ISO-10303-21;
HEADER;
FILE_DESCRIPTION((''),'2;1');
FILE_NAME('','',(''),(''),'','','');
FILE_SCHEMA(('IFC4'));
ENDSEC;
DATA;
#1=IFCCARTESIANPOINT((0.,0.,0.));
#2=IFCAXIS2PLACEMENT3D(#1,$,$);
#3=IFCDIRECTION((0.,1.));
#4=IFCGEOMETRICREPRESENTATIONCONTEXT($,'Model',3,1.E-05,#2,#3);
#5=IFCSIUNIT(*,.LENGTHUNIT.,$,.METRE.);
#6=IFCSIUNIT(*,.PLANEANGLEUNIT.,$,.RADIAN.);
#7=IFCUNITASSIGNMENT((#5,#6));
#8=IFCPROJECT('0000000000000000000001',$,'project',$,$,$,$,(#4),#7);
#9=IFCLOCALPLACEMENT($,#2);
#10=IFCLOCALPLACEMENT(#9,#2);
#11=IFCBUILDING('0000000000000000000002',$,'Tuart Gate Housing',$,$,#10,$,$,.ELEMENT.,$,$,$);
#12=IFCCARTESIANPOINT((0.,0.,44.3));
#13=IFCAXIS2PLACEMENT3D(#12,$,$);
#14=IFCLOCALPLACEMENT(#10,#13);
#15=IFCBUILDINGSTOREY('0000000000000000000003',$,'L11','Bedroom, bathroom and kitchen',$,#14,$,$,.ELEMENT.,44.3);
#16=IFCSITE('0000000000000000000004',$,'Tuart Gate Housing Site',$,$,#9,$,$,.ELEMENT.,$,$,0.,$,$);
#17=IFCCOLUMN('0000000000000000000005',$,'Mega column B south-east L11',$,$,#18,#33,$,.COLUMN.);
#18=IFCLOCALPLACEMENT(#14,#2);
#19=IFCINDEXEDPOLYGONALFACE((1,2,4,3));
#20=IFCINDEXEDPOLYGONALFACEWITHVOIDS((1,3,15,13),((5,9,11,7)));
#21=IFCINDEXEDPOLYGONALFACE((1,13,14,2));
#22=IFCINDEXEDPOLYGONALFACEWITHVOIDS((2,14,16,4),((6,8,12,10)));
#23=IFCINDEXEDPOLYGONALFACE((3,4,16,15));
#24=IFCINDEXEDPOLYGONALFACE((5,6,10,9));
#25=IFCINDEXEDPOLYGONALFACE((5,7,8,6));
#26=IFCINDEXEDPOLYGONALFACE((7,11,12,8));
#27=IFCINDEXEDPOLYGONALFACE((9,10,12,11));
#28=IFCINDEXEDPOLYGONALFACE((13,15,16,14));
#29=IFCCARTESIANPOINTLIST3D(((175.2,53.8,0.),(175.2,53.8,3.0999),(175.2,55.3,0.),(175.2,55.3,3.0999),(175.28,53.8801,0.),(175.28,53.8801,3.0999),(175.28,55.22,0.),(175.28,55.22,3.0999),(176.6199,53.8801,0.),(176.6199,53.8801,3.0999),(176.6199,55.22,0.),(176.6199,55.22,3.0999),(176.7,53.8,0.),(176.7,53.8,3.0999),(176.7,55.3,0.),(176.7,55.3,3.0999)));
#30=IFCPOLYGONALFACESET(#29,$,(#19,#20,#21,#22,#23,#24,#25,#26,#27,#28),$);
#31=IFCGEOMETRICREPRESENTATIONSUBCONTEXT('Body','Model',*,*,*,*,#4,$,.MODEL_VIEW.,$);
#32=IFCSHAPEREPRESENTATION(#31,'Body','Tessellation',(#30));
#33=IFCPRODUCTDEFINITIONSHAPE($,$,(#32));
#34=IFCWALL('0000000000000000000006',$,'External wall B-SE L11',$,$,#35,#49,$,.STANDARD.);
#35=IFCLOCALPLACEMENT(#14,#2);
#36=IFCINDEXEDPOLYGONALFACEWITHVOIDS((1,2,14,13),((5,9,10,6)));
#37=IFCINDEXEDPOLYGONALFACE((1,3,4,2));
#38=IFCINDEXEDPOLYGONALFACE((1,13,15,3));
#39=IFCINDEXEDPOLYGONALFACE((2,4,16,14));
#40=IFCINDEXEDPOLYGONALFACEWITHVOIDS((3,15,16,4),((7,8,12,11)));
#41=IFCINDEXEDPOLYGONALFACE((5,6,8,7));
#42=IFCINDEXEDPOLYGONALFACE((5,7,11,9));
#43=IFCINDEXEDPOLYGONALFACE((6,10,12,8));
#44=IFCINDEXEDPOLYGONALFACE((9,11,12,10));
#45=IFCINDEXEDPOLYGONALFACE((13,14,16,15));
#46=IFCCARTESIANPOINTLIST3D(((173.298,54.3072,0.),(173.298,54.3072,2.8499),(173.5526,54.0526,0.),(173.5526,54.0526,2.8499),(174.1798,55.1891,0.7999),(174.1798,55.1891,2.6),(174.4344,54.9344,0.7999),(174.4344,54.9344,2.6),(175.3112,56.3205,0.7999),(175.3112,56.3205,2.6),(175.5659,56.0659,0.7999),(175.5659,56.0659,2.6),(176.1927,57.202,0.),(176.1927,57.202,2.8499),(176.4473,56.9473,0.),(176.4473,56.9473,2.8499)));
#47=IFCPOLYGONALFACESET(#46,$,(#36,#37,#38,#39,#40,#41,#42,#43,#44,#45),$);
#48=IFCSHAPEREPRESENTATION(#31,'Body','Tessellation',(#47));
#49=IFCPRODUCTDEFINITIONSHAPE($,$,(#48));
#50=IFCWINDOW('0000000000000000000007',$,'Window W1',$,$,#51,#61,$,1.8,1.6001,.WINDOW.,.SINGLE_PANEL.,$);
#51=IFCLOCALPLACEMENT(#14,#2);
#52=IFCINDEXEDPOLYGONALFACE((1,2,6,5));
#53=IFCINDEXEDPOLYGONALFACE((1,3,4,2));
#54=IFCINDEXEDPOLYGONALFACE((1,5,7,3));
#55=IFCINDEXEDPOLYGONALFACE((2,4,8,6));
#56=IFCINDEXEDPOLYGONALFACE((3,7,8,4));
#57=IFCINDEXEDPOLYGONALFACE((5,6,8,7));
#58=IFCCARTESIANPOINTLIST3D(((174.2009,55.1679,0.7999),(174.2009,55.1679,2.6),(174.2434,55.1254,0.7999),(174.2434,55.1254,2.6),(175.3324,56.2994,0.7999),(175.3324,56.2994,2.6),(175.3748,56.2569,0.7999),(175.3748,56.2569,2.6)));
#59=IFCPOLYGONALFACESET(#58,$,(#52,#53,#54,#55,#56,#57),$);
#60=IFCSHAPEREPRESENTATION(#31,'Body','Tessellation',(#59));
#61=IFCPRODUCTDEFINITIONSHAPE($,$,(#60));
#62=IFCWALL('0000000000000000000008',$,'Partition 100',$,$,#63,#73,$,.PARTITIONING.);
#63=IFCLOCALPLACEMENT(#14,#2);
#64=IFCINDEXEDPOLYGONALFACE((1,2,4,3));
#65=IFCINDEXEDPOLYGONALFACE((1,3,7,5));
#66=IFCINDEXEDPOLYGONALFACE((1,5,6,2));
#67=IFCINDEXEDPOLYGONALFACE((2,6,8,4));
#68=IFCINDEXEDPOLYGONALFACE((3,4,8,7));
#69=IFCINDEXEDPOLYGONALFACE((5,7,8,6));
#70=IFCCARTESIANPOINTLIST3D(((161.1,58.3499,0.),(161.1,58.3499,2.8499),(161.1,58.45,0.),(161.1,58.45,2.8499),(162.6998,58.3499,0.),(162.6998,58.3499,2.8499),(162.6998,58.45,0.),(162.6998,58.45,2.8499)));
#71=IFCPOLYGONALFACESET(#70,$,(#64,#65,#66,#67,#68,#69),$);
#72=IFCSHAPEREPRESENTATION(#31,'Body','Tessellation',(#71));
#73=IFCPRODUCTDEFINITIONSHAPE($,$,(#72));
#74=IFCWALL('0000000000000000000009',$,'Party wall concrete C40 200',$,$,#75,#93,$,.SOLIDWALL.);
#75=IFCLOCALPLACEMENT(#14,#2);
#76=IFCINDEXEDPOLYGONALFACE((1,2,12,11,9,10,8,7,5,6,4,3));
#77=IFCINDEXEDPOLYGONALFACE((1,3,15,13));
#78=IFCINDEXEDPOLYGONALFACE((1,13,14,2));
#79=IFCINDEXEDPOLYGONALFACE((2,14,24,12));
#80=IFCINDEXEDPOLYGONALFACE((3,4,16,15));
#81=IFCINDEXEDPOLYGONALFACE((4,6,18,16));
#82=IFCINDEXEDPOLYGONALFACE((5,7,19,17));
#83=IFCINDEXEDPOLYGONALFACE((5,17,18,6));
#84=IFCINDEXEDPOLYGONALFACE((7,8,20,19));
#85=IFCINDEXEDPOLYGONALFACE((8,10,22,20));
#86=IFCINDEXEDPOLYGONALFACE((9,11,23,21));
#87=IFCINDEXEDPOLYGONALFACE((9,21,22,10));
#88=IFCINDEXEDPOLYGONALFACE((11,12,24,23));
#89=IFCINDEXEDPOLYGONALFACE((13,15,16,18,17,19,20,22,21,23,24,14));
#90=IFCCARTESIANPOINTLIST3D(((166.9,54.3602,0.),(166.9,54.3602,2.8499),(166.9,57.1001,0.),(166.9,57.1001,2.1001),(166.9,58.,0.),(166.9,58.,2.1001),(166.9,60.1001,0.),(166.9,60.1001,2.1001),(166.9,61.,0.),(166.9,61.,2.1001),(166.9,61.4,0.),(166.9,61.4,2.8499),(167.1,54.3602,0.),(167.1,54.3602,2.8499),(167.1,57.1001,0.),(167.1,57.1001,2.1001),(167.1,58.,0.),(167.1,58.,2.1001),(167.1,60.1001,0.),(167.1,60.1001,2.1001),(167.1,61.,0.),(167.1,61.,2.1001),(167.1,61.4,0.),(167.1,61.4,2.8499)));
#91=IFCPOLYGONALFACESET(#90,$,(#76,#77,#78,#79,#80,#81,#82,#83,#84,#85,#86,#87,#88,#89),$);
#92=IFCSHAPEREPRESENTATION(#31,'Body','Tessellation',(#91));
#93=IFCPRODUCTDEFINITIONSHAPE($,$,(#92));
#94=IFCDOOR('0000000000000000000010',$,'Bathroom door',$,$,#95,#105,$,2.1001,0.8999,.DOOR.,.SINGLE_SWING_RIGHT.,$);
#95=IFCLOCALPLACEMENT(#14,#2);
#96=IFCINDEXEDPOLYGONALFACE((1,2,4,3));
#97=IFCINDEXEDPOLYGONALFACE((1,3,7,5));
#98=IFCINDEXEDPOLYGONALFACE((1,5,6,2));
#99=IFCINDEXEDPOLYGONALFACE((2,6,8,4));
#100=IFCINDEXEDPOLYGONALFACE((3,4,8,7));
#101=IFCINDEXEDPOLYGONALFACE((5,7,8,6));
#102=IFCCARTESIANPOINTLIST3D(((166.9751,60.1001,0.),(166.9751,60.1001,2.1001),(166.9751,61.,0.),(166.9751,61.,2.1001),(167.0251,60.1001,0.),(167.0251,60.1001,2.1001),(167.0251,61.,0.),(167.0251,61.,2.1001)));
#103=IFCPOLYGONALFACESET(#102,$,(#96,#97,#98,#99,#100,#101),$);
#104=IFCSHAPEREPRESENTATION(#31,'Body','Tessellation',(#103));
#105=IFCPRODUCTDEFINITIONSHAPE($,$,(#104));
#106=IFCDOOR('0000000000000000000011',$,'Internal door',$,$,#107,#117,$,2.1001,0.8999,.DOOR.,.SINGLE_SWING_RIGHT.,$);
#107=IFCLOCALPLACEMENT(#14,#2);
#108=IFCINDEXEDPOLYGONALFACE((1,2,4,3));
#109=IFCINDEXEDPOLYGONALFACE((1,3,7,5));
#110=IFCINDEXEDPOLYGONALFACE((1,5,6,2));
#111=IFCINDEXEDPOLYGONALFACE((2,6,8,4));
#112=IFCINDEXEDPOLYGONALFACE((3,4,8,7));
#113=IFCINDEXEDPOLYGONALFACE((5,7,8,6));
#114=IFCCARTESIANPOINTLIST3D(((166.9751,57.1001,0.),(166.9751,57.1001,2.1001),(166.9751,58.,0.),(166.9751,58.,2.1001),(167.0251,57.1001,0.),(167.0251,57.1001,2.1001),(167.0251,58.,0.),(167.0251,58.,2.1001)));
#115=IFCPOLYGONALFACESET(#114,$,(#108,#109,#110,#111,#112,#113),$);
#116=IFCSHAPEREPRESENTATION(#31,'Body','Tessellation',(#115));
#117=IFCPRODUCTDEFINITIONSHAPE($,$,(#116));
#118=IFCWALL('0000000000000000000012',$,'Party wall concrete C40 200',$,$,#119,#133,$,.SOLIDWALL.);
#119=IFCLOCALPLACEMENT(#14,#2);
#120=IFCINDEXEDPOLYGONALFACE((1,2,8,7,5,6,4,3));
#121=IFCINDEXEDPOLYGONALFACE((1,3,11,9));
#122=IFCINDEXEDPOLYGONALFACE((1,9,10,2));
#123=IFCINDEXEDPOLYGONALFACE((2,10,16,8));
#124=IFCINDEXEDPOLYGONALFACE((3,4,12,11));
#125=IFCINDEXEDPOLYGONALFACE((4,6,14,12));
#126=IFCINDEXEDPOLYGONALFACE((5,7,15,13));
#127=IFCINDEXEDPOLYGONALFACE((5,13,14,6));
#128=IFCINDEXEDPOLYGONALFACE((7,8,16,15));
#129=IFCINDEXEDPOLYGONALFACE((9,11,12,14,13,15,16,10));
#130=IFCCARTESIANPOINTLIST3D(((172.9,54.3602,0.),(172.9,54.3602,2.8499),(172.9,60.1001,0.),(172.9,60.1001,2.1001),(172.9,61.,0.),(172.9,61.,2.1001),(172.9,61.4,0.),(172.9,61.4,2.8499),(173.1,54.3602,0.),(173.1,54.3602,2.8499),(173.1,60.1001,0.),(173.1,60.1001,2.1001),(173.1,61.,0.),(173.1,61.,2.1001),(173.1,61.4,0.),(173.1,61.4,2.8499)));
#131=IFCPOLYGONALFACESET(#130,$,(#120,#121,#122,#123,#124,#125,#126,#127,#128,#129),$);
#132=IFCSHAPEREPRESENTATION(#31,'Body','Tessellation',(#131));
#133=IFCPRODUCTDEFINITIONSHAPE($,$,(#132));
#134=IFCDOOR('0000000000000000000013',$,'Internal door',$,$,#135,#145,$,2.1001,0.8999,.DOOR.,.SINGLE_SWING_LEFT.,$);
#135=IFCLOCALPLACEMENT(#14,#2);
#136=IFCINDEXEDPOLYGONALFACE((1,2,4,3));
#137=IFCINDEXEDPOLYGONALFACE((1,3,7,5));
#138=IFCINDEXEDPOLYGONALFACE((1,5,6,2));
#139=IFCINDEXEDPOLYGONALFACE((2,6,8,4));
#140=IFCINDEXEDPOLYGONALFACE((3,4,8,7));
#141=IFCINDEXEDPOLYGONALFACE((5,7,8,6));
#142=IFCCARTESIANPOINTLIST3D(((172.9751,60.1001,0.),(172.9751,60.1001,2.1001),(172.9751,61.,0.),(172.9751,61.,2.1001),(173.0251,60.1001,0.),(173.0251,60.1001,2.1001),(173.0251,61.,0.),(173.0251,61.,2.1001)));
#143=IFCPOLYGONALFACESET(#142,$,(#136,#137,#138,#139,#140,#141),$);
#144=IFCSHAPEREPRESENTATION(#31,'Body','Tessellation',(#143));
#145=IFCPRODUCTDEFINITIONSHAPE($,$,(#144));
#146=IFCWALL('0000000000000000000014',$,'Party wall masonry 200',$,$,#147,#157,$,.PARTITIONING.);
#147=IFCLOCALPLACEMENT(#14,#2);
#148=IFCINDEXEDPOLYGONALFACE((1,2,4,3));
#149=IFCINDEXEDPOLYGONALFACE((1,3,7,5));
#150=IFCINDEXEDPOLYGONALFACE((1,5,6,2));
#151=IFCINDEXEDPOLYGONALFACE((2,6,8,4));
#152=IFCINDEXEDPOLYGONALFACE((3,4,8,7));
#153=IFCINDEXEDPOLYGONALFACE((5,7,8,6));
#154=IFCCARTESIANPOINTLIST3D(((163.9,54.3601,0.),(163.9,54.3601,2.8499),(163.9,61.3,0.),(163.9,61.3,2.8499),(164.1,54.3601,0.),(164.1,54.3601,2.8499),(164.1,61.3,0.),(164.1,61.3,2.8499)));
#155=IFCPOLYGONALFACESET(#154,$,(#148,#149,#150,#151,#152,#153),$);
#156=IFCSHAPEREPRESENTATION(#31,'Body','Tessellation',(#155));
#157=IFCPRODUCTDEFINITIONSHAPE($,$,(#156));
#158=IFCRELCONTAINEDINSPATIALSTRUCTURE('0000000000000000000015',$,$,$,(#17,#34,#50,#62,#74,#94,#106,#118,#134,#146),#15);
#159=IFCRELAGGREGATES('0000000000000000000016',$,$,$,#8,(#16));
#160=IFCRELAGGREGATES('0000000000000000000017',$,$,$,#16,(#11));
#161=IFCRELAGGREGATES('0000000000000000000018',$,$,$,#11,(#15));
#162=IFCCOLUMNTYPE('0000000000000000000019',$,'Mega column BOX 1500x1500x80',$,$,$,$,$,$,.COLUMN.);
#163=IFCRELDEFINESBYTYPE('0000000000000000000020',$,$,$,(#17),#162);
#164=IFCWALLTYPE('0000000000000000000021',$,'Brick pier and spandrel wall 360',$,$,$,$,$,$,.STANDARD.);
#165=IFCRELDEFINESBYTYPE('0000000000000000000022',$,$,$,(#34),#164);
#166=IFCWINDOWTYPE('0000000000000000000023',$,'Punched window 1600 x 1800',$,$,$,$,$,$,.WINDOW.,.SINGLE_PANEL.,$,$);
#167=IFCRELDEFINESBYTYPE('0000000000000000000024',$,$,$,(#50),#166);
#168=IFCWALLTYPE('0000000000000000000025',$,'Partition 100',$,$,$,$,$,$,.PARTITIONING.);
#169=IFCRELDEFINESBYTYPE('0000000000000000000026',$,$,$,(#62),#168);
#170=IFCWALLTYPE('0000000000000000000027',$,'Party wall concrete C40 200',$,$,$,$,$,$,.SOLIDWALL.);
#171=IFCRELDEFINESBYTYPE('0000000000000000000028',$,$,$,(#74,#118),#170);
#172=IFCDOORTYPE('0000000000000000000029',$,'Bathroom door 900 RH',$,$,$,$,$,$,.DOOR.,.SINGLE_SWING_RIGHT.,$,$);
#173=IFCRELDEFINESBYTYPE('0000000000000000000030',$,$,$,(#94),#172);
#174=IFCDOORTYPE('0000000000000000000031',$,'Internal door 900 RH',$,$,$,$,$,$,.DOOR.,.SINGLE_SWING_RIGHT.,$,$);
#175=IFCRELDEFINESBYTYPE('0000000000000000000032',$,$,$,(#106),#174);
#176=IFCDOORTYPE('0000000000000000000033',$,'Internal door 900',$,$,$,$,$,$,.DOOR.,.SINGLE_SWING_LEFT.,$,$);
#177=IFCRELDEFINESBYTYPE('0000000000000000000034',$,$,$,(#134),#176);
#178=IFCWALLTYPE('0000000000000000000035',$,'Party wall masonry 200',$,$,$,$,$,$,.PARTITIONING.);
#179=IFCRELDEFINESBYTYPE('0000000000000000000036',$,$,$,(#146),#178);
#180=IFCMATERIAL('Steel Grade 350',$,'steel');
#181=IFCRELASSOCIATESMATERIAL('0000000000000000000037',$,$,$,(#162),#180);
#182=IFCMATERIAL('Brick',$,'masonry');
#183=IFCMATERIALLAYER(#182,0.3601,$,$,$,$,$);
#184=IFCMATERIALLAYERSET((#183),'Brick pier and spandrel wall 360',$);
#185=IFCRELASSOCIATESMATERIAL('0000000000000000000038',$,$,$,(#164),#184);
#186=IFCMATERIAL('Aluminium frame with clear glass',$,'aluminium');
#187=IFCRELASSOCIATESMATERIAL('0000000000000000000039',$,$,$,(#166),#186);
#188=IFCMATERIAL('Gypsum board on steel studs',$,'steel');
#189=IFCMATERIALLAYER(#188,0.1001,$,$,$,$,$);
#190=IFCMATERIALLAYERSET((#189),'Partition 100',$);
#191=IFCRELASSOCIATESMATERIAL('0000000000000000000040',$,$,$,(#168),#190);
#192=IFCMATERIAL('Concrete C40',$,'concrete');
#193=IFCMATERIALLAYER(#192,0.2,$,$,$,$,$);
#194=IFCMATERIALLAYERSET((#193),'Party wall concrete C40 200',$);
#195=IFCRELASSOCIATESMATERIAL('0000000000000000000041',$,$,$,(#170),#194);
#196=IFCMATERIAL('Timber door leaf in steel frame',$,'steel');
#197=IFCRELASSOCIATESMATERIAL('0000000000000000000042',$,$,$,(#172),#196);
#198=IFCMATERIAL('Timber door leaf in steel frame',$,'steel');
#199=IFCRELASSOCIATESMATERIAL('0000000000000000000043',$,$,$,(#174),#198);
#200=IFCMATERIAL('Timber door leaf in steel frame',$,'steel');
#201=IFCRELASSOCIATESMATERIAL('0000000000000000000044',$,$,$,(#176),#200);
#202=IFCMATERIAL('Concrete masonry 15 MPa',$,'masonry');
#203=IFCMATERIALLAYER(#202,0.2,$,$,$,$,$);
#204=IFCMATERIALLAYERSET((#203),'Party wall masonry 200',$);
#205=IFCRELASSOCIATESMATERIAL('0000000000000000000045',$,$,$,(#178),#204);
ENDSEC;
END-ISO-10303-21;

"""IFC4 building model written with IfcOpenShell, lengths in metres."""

from ifc_helpers import new_model, si_unit, direction, frame, frame_2d, origin, origin_2d, place, context, subcontext, project, spatial, rectangle, hollow_rectangle, extrude, material, layer, layer_set, material_profile, profile_set, type_object, element, fill, save


model = new_model("IFC4")

# Units and contexts
model_context = context("Model", 3, precision=1e-05, world=origin(), true_north=direction((0.0, 1.0)))
body_context = subcontext(model_context, "Body", "Model", "MODEL_VIEW")
ifc_project = project(units=[si_unit("LENGTHUNIT", "METRE"), si_unit("PLANEANGLEUNIT", "RADIAN")], contexts=[model_context])

# Site, building, storey
site_placement = place(None, origin())
site = spatial("IfcSite", under=ifc_project, at=site_placement, Name="Tuart Gate Housing Site", CompositionType="ELEMENT", RefElevation=0.0)
building_placement = place(site_placement, origin())
building = spatial("IfcBuilding", under=site, at=building_placement, Name="Tuart Gate Housing", CompositionType="ELEMENT")
storey_placement = place(building_placement, frame((0.0, 0.0, 44.3)))
storey = spatial("IfcBuildingStorey", under=building, at=storey_placement, Name="L11", Description="Bedroom, bathroom and kitchen", CompositionType="ELEMENT", Elevation=44.3)

# Column
ifc_material_1 = material(Name="Steel Grade 350", Category="steel")
ifc_material_profile = material_profile(ifc_material_1, hollow_rectangle(XDim=1.5, YDim=1.5, WallThickness=0.0801, at=origin_2d()), Name="BOX 1500x1500x80")
ifc_profile_set = profile_set([ifc_material_profile], Name="Steel Grade 350")
column_type = type_object("IfcColumnType", Name="Mega column BOX 1500x1500x80", PredefinedType="COLUMN", material=ifc_profile_set)
column_placement = place(storey_placement, frame((175.95, 54.55, 0.0), z_axis=(0.0, 0.0, 1.0), x_axis=(1.0, 0.0, 0.0)))
element("IfcColumn", 1, at=column_placement, inside=storey, type_object=column_type, Name="Mega column B south-east L11", PredefinedType="COLUMN", context=body_context, shape_type="SweptSolid", body=[
    extrude(hollow_rectangle(XDim=1.5, YDim=1.5, WallThickness=0.0801, at=origin_2d()), origin(), (0.0, 0.0, 1.0), 3.0999),
])

# Wall, opening, window
ifc_material_2 = material(Name="Brick", Category="masonry")
ifc_layer_1 = layer(ifc_material_2, 0.3601)
ifc_layer_set_1 = layer_set([ifc_layer_1], Name="Brick pier and spandrel wall 360")
wall_type_1 = type_object("IfcWallType", Name="Brick pier and spandrel wall 360", PredefinedType="STANDARD", material=ifc_layer_set_1)
wall_1_placement = place(storey_placement, frame((173.4253, 54.1799, 0.0), z_axis=(0.0, 0.0, 1.0), x_axis=(0.707107, 0.707107, 0.0)))
wall_1 = element("IfcWall", 2, at=wall_1_placement, inside=storey, type_object=wall_type_1, Name="External wall B-SE L11", PredefinedType="STANDARD", context=body_context, shape_type="SweptSolid", body=[
    extrude(rectangle(XDim=4.0938, YDim=0.3601, at=frame_2d((2.0469, 0.0))), origin(), (0.0, 0.0, 1.0), 2.8499),
])
opening_1_placement = place(wall_1_placement, frame((1.2471, 0.0, 0.8)))
opening_1 = element("IfcOpeningElement", 3, at=opening_1_placement, cuts=wall_1, PredefinedType="OPENING", context=body_context, shape_type="SweptSolid", body=[
    extrude(rectangle(XDim=1.6001, YDim=1.8, at=frame_2d((0.8, 0.8999))), frame((0.0, 0.1899, 0.0), z_axis=(0.0, -1.0, 0.0), x_axis=(1.0, 0.0, 0.0)), (0.0, 0.0, 1.0), 0.3801),
])
ifc_material_3 = material(Name="Aluminium frame with clear glass", Category="aluminium")
window_type_1 = type_object("IfcWindowType", Name="Punched window 1600 x 1800", PartitioningType="SINGLE_PANEL", PredefinedType="WINDOW", material=ifc_material_3)
window_1_placement = place(opening_1_placement, origin())
window_1 = element("IfcWindow", 4, at=window_1_placement, inside=storey, type_object=window_type_1, Name="Window W1", OverallHeight=1.8, OverallWidth=1.6001, PartitioningType="SINGLE_PANEL", PredefinedType="WINDOW", context=body_context, shape_type="SweptSolid", body=[
    extrude(rectangle(XDim=1.6001, YDim=1.8, at=frame_2d((0.8, 0.8999))), frame((0.0, 0.1501, 0.0), z_axis=(0.0, -1.0, 0.0), x_axis=(1.0, 0.0, 0.0)), (0.0, 0.0, 1.0), 0.0601),
])
fill(opening_1, window_1)

# Wall
ifc_material_4 = material(Name="Gypsum board on steel studs", Category="steel")
ifc_layer_2 = layer(ifc_material_4, 0.1001)
ifc_layer_set_2 = layer_set([ifc_layer_2], Name="Partition 100")
wall_type_2 = type_object("IfcWallType", Name="Partition 100", PredefinedType="PARTITIONING", material=ifc_layer_set_2)
wall_2_placement = place(storey_placement, frame((161.1001, 58.3999, 0.0), z_axis=(0.0, 0.0, 1.0), x_axis=(1.0, 0.0, 0.0)))
element("IfcWall", 5, at=wall_2_placement, inside=storey, type_object=wall_type_2, Name="Partition 100", PredefinedType="PARTITIONING", context=body_context, shape_type="SweptSolid", body=[
    extrude(rectangle(XDim=1.5999, YDim=0.1001, at=frame_2d((0.7998, 0.0))), origin(), (0.0, 0.0, 1.0), 2.8499),
])

# Wall, openings, doors
ifc_material_5 = material(Name="Concrete C40", Category="concrete")
ifc_layer_3 = layer(ifc_material_5, 0.2)
ifc_layer_set_3 = layer_set([ifc_layer_3], Name="Party wall concrete C40 200")
wall_type_3 = type_object("IfcWallType", Name="Party wall concrete C40 200", PredefinedType="SOLIDWALL", material=ifc_layer_set_3)
wall_3_placement = place(storey_placement, frame((167.0, 54.3601, 0.0), z_axis=(0.0, 0.0, 1.0), x_axis=(0.0, 1.0, 0.0)))
wall_3 = element("IfcWall", 6, at=wall_3_placement, inside=storey, type_object=wall_type_3, Name="Party wall concrete C40 200", PredefinedType="SOLIDWALL", context=body_context, shape_type="SweptSolid", body=[
    extrude(rectangle(XDim=7.0398, YDim=0.2, at=frame_2d((3.52, 0.0))), origin(), (0.0, 0.0, 1.0), 2.8499),
])
opening_2_placement = place(wall_3_placement, frame((2.74, 0.0, 0.0)))
opening_2 = element("IfcOpeningElement", 7, at=opening_2_placement, cuts=wall_3, PredefinedType="OPENING", context=body_context, shape_type="SweptSolid", body=[
    extrude(rectangle(XDim=0.8999, YDim=2.1001, at=frame_2d((0.45, 1.05))), frame((0.0, 0.1099, 0.0), z_axis=(0.0, -1.0, 0.0), x_axis=(1.0, 0.0, 0.0)), (0.0, 0.0, 1.0), 0.22),
])
opening_3_placement = place(wall_3_placement, frame((5.74, 0.0, 0.0)))
opening_3 = element("IfcOpeningElement", 8, at=opening_3_placement, cuts=wall_3, PredefinedType="OPENING", context=body_context, shape_type="SweptSolid", body=[
    extrude(rectangle(XDim=0.8999, YDim=2.1001, at=frame_2d((0.45, 1.05))), frame((0.0, 0.1099, 0.0), z_axis=(0.0, -1.0, 0.0), x_axis=(1.0, 0.0, 0.0)), (0.0, 0.0, 1.0), 0.22),
])
ifc_material_6 = material(Name="Timber door leaf in steel frame", Category="steel")
door_type_1 = type_object("IfcDoorType", Name="Bathroom door 900 RH", OperationType="SINGLE_SWING_RIGHT", PredefinedType="DOOR", material=ifc_material_6)
door_1_placement = place(opening_3_placement, origin())
door_1 = element("IfcDoor", 9, at=door_1_placement, inside=storey, type_object=door_type_1, Name="Bathroom door", OperationType="SINGLE_SWING_RIGHT", OverallHeight=2.1001, OverallWidth=0.8999, PredefinedType="DOOR", context=body_context, shape_type="SweptSolid", body=[
    extrude(rectangle(XDim=0.8999, YDim=2.1001, at=frame_2d((0.45, 1.05))), frame((0.0, 0.0249, 0.0), z_axis=(0.0, -1.0, 0.0), x_axis=(1.0, 0.0, 0.0)), (0.0, 0.0, 1.0), 0.05),
])
fill(opening_3, door_1)
ifc_material_7 = material(Name="Timber door leaf in steel frame", Category="steel")
door_type_2 = type_object("IfcDoorType", Name="Internal door 900 RH", OperationType="SINGLE_SWING_RIGHT", PredefinedType="DOOR", material=ifc_material_7)
door_2_placement = place(opening_2_placement, origin())
door_2 = element("IfcDoor", 10, at=door_2_placement, inside=storey, type_object=door_type_2, Name="Internal door", OperationType="SINGLE_SWING_RIGHT", OverallHeight=2.1001, OverallWidth=0.8999, PredefinedType="DOOR", context=body_context, shape_type="SweptSolid", body=[
    extrude(rectangle(XDim=0.8999, YDim=2.1001, at=frame_2d((0.45, 1.05))), frame((0.0, 0.0249, 0.0), z_axis=(0.0, -1.0, 0.0), x_axis=(1.0, 0.0, 0.0)), (0.0, 0.0, 1.0), 0.05),
])
fill(opening_2, door_2)

# Wall, opening, door
wall_4_placement = place(storey_placement, frame((173.0, 54.3601, 0.0), z_axis=(0.0, 0.0, 1.0), x_axis=(0.0, 1.0, 0.0)))
wall_4 = element("IfcWall", 11, at=wall_4_placement, inside=storey, type_object=wall_type_3, Name="Party wall concrete C40 200", PredefinedType="SOLIDWALL", context=body_context, shape_type="SweptSolid", body=[
    extrude(rectangle(XDim=7.0398, YDim=0.2, at=frame_2d((3.52, 0.0))), origin(), (0.0, 0.0, 1.0), 2.8499),
])
opening_4_placement = place(wall_4_placement, frame((5.74, 0.0, 0.0)))
opening_4 = element("IfcOpeningElement", 12, at=opening_4_placement, cuts=wall_4, PredefinedType="OPENING", context=body_context, shape_type="SweptSolid", body=[
    extrude(rectangle(XDim=0.8999, YDim=2.1001, at=frame_2d((0.45, 1.05))), frame((0.0, 0.1099, 0.0), z_axis=(0.0, -1.0, 0.0), x_axis=(1.0, 0.0, 0.0)), (0.0, 0.0, 1.0), 0.22),
])
ifc_material_8 = material(Name="Timber door leaf in steel frame", Category="steel")
door_type_3 = type_object("IfcDoorType", Name="Internal door 900", OperationType="SINGLE_SWING_LEFT", PredefinedType="DOOR", material=ifc_material_8)
door_3_placement = place(opening_4_placement, frame((0.8999, 0.0, 0.0), z_axis=(0.0, 0.0, 1.0), x_axis=(-1.0, 0.0, 0.0)))
door_3 = element("IfcDoor", 13, at=door_3_placement, inside=storey, type_object=door_type_3, Name="Internal door", OperationType="SINGLE_SWING_LEFT", OverallHeight=2.1001, OverallWidth=0.8999, PredefinedType="DOOR", context=body_context, shape_type="SweptSolid", body=[
    extrude(rectangle(XDim=0.8999, YDim=2.1001, at=frame_2d((0.45, 1.05))), frame((0.0, 0.0251, 0.0), z_axis=(0.0, -1.0, 0.0), x_axis=(1.0, 0.0, 0.0)), (0.0, 0.0, 1.0), 0.05),
])
fill(opening_4, door_3)

# Wall
ifc_material_9 = material(Name="Concrete masonry 15 MPa", Category="masonry")
ifc_layer_4 = layer(ifc_material_9, 0.2)
ifc_layer_set_4 = layer_set([ifc_layer_4], Name="Party wall masonry 200")
wall_type_4 = type_object("IfcWallType", Name="Party wall masonry 200", PredefinedType="PARTITIONING", material=ifc_layer_set_4)
wall_5_placement = place(storey_placement, frame((164.0, 54.3601, 0.0), z_axis=(0.0, 0.0, 1.0), x_axis=(0.0, 1.0, 0.0)))
element("IfcWall", 14, at=wall_5_placement, inside=storey, type_object=wall_type_4, Name="Party wall masonry 200", PredefinedType="PARTITIONING", context=body_context, shape_type="SweptSolid", body=[
    extrude(rectangle(XDim=6.9399, YDim=0.2, at=frame_2d((3.47, 0.0))), origin(), (0.0, 0.0, 1.0), 2.8499),
])

save(model, "model.ifc")
